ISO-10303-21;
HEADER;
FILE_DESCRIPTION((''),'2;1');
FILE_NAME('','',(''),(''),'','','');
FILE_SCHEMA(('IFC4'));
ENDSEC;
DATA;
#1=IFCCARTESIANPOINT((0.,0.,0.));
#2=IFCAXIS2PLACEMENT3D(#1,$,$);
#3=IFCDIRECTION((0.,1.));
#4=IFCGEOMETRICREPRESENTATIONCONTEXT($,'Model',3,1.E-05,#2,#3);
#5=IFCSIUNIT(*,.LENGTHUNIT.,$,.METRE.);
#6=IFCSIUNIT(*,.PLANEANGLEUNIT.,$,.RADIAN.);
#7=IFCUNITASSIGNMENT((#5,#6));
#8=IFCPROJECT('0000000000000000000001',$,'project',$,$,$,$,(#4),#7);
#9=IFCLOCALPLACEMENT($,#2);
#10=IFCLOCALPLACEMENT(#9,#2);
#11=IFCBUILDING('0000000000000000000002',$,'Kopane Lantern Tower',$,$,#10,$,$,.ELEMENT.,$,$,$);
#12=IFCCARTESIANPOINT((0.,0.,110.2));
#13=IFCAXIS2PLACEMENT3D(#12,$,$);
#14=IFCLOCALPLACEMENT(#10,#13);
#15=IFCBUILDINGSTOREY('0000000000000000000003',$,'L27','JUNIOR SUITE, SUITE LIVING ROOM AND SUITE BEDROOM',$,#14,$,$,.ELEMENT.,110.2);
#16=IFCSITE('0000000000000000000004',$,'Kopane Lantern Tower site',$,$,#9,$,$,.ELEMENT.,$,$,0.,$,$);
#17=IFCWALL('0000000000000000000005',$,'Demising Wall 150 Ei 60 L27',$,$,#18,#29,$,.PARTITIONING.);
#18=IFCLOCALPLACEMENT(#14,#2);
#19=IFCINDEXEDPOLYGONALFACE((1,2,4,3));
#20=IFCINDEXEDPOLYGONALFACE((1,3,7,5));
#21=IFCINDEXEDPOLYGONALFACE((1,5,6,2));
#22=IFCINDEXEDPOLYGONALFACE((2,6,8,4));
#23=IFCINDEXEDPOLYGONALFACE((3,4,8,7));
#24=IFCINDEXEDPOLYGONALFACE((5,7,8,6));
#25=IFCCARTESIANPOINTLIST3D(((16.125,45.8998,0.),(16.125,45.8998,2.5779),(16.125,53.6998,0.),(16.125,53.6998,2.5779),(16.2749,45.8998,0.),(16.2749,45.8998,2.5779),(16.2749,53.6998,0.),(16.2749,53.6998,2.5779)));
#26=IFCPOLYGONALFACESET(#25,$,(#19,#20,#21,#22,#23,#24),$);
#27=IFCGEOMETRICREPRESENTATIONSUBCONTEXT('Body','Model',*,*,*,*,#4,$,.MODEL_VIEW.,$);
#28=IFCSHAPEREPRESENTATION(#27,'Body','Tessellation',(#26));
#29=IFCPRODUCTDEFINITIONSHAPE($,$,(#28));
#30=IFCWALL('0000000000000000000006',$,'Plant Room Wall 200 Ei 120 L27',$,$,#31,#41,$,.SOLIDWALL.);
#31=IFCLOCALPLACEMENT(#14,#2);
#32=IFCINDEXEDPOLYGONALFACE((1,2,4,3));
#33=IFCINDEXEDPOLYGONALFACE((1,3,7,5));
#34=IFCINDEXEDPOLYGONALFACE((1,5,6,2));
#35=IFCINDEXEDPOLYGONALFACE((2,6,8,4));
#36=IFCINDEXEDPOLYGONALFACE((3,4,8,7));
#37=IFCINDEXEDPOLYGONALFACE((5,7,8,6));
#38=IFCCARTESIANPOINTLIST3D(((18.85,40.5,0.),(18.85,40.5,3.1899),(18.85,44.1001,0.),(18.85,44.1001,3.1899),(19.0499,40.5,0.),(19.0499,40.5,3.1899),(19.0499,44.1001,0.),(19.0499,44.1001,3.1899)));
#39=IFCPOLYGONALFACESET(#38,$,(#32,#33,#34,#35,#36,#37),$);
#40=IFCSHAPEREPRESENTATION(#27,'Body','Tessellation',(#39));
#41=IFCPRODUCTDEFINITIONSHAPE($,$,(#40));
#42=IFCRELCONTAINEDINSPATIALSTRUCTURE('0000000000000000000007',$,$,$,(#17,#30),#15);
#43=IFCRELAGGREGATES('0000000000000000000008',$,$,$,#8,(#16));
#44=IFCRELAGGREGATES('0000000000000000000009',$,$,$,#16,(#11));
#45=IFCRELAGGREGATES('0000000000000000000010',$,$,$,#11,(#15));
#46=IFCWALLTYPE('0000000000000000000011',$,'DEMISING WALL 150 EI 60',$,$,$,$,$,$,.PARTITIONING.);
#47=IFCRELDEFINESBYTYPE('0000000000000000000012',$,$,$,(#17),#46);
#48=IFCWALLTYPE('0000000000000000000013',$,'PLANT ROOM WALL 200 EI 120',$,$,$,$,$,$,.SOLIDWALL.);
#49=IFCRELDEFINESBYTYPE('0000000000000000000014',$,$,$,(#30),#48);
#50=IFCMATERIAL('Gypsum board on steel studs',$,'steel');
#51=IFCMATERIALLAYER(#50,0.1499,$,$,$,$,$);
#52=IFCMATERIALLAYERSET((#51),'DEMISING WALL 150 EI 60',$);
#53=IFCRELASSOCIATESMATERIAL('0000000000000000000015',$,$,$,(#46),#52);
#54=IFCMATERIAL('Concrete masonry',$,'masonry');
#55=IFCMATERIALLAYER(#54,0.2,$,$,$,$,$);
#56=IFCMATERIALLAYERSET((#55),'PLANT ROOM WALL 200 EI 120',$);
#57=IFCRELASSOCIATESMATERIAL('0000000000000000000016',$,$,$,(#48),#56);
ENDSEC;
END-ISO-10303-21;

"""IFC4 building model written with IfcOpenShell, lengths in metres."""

from ifc_helpers import new_model, si_unit, direction, frame, frame_2d, origin, place, context, subcontext, project, spatial, rectangle, extrude, material, layer, layer_set, type_object, element, save


model = new_model("IFC4")

# Units and contexts
model_context = context("Model", 3, precision=1e-05, world=origin(), true_north=direction((0.0, 1.0)))
body_context = subcontext(model_context, "Body", "Model", "MODEL_VIEW")
ifc_project = project(units=[si_unit("LENGTHUNIT", "METRE"), si_unit("PLANEANGLEUNIT", "RADIAN")], contexts=[model_context])

# Site, building, storey
site_placement = place(None, origin())
site = spatial("IfcSite", under=ifc_project, at=site_placement, Name="Kopane Lantern Tower site", CompositionType="ELEMENT", RefElevation=0.0)
building_placement = place(site_placement, origin())
building = spatial("IfcBuilding", under=site, at=building_placement, Name="Kopane Lantern Tower", CompositionType="ELEMENT")
storey_placement = place(building_placement, frame((0.0, 0.0, 110.2)))
storey = spatial("IfcBuildingStorey", under=building, at=storey_placement, Name="L27", Description="JUNIOR SUITE, SUITE LIVING ROOM AND SUITE BEDROOM", CompositionType="ELEMENT", Elevation=110.2)

# Walls
ifc_material_1 = material(Name="Gypsum board on steel studs", Category="steel")
ifc_layer_1 = layer(ifc_material_1, 0.1499)
ifc_layer_set_1 = layer_set([ifc_layer_1], Name="DEMISING WALL 150 EI 60")
wall_type_1 = type_object("IfcWallType", Name="DEMISING WALL 150 EI 60", PredefinedType="PARTITIONING", material=ifc_layer_set_1)
wall_1_placement = place(storey_placement, frame((16.2, 45.8999, 0.0), z_axis=(0.0, 0.0, 1.0), x_axis=(0.0, 1.0, 0.0)))
element("IfcWall", 1, at=wall_1_placement, inside=storey, type_object=wall_type_1, Name="Demising Wall 150 Ei 60 L27", PredefinedType="PARTITIONING", context=body_context, shape_type="SweptSolid", body=[
    extrude(rectangle(XDim=7.8, YDim=0.1499, at=frame_2d((3.8999, 0.0))), origin(), (0.0, 0.0, 1.0), 2.5779),
])
ifc_material_2 = material(Name="Concrete masonry", Category="masonry")
ifc_layer_2 = layer(ifc_material_2, 0.2)
ifc_layer_set_2 = layer_set([ifc_layer_2], Name="PLANT ROOM WALL 200 EI 120")
wall_type_2 = type_object("IfcWallType", Name="PLANT ROOM WALL 200 EI 120", PredefinedType="SOLIDWALL", material=ifc_layer_set_2)
wall_2_placement = place(storey_placement, frame((18.95, 44.1001, 0.0), z_axis=(0.0, 0.0, 1.0), x_axis=(0.0, -1.0, 0.0)))
element("IfcWall", 2, at=wall_2_placement, inside=storey, type_object=wall_type_2, Name="Plant Room Wall 200 Ei 120 L27", PredefinedType="SOLIDWALL", context=body_context, shape_type="SweptSolid", body=[
    extrude(rectangle(XDim=3.6001, YDim=0.2, at=frame_2d((1.8, 0.0))), origin(), (0.0, 0.0, 1.0), 3.1899),
])

save(model, "model.ifc")
